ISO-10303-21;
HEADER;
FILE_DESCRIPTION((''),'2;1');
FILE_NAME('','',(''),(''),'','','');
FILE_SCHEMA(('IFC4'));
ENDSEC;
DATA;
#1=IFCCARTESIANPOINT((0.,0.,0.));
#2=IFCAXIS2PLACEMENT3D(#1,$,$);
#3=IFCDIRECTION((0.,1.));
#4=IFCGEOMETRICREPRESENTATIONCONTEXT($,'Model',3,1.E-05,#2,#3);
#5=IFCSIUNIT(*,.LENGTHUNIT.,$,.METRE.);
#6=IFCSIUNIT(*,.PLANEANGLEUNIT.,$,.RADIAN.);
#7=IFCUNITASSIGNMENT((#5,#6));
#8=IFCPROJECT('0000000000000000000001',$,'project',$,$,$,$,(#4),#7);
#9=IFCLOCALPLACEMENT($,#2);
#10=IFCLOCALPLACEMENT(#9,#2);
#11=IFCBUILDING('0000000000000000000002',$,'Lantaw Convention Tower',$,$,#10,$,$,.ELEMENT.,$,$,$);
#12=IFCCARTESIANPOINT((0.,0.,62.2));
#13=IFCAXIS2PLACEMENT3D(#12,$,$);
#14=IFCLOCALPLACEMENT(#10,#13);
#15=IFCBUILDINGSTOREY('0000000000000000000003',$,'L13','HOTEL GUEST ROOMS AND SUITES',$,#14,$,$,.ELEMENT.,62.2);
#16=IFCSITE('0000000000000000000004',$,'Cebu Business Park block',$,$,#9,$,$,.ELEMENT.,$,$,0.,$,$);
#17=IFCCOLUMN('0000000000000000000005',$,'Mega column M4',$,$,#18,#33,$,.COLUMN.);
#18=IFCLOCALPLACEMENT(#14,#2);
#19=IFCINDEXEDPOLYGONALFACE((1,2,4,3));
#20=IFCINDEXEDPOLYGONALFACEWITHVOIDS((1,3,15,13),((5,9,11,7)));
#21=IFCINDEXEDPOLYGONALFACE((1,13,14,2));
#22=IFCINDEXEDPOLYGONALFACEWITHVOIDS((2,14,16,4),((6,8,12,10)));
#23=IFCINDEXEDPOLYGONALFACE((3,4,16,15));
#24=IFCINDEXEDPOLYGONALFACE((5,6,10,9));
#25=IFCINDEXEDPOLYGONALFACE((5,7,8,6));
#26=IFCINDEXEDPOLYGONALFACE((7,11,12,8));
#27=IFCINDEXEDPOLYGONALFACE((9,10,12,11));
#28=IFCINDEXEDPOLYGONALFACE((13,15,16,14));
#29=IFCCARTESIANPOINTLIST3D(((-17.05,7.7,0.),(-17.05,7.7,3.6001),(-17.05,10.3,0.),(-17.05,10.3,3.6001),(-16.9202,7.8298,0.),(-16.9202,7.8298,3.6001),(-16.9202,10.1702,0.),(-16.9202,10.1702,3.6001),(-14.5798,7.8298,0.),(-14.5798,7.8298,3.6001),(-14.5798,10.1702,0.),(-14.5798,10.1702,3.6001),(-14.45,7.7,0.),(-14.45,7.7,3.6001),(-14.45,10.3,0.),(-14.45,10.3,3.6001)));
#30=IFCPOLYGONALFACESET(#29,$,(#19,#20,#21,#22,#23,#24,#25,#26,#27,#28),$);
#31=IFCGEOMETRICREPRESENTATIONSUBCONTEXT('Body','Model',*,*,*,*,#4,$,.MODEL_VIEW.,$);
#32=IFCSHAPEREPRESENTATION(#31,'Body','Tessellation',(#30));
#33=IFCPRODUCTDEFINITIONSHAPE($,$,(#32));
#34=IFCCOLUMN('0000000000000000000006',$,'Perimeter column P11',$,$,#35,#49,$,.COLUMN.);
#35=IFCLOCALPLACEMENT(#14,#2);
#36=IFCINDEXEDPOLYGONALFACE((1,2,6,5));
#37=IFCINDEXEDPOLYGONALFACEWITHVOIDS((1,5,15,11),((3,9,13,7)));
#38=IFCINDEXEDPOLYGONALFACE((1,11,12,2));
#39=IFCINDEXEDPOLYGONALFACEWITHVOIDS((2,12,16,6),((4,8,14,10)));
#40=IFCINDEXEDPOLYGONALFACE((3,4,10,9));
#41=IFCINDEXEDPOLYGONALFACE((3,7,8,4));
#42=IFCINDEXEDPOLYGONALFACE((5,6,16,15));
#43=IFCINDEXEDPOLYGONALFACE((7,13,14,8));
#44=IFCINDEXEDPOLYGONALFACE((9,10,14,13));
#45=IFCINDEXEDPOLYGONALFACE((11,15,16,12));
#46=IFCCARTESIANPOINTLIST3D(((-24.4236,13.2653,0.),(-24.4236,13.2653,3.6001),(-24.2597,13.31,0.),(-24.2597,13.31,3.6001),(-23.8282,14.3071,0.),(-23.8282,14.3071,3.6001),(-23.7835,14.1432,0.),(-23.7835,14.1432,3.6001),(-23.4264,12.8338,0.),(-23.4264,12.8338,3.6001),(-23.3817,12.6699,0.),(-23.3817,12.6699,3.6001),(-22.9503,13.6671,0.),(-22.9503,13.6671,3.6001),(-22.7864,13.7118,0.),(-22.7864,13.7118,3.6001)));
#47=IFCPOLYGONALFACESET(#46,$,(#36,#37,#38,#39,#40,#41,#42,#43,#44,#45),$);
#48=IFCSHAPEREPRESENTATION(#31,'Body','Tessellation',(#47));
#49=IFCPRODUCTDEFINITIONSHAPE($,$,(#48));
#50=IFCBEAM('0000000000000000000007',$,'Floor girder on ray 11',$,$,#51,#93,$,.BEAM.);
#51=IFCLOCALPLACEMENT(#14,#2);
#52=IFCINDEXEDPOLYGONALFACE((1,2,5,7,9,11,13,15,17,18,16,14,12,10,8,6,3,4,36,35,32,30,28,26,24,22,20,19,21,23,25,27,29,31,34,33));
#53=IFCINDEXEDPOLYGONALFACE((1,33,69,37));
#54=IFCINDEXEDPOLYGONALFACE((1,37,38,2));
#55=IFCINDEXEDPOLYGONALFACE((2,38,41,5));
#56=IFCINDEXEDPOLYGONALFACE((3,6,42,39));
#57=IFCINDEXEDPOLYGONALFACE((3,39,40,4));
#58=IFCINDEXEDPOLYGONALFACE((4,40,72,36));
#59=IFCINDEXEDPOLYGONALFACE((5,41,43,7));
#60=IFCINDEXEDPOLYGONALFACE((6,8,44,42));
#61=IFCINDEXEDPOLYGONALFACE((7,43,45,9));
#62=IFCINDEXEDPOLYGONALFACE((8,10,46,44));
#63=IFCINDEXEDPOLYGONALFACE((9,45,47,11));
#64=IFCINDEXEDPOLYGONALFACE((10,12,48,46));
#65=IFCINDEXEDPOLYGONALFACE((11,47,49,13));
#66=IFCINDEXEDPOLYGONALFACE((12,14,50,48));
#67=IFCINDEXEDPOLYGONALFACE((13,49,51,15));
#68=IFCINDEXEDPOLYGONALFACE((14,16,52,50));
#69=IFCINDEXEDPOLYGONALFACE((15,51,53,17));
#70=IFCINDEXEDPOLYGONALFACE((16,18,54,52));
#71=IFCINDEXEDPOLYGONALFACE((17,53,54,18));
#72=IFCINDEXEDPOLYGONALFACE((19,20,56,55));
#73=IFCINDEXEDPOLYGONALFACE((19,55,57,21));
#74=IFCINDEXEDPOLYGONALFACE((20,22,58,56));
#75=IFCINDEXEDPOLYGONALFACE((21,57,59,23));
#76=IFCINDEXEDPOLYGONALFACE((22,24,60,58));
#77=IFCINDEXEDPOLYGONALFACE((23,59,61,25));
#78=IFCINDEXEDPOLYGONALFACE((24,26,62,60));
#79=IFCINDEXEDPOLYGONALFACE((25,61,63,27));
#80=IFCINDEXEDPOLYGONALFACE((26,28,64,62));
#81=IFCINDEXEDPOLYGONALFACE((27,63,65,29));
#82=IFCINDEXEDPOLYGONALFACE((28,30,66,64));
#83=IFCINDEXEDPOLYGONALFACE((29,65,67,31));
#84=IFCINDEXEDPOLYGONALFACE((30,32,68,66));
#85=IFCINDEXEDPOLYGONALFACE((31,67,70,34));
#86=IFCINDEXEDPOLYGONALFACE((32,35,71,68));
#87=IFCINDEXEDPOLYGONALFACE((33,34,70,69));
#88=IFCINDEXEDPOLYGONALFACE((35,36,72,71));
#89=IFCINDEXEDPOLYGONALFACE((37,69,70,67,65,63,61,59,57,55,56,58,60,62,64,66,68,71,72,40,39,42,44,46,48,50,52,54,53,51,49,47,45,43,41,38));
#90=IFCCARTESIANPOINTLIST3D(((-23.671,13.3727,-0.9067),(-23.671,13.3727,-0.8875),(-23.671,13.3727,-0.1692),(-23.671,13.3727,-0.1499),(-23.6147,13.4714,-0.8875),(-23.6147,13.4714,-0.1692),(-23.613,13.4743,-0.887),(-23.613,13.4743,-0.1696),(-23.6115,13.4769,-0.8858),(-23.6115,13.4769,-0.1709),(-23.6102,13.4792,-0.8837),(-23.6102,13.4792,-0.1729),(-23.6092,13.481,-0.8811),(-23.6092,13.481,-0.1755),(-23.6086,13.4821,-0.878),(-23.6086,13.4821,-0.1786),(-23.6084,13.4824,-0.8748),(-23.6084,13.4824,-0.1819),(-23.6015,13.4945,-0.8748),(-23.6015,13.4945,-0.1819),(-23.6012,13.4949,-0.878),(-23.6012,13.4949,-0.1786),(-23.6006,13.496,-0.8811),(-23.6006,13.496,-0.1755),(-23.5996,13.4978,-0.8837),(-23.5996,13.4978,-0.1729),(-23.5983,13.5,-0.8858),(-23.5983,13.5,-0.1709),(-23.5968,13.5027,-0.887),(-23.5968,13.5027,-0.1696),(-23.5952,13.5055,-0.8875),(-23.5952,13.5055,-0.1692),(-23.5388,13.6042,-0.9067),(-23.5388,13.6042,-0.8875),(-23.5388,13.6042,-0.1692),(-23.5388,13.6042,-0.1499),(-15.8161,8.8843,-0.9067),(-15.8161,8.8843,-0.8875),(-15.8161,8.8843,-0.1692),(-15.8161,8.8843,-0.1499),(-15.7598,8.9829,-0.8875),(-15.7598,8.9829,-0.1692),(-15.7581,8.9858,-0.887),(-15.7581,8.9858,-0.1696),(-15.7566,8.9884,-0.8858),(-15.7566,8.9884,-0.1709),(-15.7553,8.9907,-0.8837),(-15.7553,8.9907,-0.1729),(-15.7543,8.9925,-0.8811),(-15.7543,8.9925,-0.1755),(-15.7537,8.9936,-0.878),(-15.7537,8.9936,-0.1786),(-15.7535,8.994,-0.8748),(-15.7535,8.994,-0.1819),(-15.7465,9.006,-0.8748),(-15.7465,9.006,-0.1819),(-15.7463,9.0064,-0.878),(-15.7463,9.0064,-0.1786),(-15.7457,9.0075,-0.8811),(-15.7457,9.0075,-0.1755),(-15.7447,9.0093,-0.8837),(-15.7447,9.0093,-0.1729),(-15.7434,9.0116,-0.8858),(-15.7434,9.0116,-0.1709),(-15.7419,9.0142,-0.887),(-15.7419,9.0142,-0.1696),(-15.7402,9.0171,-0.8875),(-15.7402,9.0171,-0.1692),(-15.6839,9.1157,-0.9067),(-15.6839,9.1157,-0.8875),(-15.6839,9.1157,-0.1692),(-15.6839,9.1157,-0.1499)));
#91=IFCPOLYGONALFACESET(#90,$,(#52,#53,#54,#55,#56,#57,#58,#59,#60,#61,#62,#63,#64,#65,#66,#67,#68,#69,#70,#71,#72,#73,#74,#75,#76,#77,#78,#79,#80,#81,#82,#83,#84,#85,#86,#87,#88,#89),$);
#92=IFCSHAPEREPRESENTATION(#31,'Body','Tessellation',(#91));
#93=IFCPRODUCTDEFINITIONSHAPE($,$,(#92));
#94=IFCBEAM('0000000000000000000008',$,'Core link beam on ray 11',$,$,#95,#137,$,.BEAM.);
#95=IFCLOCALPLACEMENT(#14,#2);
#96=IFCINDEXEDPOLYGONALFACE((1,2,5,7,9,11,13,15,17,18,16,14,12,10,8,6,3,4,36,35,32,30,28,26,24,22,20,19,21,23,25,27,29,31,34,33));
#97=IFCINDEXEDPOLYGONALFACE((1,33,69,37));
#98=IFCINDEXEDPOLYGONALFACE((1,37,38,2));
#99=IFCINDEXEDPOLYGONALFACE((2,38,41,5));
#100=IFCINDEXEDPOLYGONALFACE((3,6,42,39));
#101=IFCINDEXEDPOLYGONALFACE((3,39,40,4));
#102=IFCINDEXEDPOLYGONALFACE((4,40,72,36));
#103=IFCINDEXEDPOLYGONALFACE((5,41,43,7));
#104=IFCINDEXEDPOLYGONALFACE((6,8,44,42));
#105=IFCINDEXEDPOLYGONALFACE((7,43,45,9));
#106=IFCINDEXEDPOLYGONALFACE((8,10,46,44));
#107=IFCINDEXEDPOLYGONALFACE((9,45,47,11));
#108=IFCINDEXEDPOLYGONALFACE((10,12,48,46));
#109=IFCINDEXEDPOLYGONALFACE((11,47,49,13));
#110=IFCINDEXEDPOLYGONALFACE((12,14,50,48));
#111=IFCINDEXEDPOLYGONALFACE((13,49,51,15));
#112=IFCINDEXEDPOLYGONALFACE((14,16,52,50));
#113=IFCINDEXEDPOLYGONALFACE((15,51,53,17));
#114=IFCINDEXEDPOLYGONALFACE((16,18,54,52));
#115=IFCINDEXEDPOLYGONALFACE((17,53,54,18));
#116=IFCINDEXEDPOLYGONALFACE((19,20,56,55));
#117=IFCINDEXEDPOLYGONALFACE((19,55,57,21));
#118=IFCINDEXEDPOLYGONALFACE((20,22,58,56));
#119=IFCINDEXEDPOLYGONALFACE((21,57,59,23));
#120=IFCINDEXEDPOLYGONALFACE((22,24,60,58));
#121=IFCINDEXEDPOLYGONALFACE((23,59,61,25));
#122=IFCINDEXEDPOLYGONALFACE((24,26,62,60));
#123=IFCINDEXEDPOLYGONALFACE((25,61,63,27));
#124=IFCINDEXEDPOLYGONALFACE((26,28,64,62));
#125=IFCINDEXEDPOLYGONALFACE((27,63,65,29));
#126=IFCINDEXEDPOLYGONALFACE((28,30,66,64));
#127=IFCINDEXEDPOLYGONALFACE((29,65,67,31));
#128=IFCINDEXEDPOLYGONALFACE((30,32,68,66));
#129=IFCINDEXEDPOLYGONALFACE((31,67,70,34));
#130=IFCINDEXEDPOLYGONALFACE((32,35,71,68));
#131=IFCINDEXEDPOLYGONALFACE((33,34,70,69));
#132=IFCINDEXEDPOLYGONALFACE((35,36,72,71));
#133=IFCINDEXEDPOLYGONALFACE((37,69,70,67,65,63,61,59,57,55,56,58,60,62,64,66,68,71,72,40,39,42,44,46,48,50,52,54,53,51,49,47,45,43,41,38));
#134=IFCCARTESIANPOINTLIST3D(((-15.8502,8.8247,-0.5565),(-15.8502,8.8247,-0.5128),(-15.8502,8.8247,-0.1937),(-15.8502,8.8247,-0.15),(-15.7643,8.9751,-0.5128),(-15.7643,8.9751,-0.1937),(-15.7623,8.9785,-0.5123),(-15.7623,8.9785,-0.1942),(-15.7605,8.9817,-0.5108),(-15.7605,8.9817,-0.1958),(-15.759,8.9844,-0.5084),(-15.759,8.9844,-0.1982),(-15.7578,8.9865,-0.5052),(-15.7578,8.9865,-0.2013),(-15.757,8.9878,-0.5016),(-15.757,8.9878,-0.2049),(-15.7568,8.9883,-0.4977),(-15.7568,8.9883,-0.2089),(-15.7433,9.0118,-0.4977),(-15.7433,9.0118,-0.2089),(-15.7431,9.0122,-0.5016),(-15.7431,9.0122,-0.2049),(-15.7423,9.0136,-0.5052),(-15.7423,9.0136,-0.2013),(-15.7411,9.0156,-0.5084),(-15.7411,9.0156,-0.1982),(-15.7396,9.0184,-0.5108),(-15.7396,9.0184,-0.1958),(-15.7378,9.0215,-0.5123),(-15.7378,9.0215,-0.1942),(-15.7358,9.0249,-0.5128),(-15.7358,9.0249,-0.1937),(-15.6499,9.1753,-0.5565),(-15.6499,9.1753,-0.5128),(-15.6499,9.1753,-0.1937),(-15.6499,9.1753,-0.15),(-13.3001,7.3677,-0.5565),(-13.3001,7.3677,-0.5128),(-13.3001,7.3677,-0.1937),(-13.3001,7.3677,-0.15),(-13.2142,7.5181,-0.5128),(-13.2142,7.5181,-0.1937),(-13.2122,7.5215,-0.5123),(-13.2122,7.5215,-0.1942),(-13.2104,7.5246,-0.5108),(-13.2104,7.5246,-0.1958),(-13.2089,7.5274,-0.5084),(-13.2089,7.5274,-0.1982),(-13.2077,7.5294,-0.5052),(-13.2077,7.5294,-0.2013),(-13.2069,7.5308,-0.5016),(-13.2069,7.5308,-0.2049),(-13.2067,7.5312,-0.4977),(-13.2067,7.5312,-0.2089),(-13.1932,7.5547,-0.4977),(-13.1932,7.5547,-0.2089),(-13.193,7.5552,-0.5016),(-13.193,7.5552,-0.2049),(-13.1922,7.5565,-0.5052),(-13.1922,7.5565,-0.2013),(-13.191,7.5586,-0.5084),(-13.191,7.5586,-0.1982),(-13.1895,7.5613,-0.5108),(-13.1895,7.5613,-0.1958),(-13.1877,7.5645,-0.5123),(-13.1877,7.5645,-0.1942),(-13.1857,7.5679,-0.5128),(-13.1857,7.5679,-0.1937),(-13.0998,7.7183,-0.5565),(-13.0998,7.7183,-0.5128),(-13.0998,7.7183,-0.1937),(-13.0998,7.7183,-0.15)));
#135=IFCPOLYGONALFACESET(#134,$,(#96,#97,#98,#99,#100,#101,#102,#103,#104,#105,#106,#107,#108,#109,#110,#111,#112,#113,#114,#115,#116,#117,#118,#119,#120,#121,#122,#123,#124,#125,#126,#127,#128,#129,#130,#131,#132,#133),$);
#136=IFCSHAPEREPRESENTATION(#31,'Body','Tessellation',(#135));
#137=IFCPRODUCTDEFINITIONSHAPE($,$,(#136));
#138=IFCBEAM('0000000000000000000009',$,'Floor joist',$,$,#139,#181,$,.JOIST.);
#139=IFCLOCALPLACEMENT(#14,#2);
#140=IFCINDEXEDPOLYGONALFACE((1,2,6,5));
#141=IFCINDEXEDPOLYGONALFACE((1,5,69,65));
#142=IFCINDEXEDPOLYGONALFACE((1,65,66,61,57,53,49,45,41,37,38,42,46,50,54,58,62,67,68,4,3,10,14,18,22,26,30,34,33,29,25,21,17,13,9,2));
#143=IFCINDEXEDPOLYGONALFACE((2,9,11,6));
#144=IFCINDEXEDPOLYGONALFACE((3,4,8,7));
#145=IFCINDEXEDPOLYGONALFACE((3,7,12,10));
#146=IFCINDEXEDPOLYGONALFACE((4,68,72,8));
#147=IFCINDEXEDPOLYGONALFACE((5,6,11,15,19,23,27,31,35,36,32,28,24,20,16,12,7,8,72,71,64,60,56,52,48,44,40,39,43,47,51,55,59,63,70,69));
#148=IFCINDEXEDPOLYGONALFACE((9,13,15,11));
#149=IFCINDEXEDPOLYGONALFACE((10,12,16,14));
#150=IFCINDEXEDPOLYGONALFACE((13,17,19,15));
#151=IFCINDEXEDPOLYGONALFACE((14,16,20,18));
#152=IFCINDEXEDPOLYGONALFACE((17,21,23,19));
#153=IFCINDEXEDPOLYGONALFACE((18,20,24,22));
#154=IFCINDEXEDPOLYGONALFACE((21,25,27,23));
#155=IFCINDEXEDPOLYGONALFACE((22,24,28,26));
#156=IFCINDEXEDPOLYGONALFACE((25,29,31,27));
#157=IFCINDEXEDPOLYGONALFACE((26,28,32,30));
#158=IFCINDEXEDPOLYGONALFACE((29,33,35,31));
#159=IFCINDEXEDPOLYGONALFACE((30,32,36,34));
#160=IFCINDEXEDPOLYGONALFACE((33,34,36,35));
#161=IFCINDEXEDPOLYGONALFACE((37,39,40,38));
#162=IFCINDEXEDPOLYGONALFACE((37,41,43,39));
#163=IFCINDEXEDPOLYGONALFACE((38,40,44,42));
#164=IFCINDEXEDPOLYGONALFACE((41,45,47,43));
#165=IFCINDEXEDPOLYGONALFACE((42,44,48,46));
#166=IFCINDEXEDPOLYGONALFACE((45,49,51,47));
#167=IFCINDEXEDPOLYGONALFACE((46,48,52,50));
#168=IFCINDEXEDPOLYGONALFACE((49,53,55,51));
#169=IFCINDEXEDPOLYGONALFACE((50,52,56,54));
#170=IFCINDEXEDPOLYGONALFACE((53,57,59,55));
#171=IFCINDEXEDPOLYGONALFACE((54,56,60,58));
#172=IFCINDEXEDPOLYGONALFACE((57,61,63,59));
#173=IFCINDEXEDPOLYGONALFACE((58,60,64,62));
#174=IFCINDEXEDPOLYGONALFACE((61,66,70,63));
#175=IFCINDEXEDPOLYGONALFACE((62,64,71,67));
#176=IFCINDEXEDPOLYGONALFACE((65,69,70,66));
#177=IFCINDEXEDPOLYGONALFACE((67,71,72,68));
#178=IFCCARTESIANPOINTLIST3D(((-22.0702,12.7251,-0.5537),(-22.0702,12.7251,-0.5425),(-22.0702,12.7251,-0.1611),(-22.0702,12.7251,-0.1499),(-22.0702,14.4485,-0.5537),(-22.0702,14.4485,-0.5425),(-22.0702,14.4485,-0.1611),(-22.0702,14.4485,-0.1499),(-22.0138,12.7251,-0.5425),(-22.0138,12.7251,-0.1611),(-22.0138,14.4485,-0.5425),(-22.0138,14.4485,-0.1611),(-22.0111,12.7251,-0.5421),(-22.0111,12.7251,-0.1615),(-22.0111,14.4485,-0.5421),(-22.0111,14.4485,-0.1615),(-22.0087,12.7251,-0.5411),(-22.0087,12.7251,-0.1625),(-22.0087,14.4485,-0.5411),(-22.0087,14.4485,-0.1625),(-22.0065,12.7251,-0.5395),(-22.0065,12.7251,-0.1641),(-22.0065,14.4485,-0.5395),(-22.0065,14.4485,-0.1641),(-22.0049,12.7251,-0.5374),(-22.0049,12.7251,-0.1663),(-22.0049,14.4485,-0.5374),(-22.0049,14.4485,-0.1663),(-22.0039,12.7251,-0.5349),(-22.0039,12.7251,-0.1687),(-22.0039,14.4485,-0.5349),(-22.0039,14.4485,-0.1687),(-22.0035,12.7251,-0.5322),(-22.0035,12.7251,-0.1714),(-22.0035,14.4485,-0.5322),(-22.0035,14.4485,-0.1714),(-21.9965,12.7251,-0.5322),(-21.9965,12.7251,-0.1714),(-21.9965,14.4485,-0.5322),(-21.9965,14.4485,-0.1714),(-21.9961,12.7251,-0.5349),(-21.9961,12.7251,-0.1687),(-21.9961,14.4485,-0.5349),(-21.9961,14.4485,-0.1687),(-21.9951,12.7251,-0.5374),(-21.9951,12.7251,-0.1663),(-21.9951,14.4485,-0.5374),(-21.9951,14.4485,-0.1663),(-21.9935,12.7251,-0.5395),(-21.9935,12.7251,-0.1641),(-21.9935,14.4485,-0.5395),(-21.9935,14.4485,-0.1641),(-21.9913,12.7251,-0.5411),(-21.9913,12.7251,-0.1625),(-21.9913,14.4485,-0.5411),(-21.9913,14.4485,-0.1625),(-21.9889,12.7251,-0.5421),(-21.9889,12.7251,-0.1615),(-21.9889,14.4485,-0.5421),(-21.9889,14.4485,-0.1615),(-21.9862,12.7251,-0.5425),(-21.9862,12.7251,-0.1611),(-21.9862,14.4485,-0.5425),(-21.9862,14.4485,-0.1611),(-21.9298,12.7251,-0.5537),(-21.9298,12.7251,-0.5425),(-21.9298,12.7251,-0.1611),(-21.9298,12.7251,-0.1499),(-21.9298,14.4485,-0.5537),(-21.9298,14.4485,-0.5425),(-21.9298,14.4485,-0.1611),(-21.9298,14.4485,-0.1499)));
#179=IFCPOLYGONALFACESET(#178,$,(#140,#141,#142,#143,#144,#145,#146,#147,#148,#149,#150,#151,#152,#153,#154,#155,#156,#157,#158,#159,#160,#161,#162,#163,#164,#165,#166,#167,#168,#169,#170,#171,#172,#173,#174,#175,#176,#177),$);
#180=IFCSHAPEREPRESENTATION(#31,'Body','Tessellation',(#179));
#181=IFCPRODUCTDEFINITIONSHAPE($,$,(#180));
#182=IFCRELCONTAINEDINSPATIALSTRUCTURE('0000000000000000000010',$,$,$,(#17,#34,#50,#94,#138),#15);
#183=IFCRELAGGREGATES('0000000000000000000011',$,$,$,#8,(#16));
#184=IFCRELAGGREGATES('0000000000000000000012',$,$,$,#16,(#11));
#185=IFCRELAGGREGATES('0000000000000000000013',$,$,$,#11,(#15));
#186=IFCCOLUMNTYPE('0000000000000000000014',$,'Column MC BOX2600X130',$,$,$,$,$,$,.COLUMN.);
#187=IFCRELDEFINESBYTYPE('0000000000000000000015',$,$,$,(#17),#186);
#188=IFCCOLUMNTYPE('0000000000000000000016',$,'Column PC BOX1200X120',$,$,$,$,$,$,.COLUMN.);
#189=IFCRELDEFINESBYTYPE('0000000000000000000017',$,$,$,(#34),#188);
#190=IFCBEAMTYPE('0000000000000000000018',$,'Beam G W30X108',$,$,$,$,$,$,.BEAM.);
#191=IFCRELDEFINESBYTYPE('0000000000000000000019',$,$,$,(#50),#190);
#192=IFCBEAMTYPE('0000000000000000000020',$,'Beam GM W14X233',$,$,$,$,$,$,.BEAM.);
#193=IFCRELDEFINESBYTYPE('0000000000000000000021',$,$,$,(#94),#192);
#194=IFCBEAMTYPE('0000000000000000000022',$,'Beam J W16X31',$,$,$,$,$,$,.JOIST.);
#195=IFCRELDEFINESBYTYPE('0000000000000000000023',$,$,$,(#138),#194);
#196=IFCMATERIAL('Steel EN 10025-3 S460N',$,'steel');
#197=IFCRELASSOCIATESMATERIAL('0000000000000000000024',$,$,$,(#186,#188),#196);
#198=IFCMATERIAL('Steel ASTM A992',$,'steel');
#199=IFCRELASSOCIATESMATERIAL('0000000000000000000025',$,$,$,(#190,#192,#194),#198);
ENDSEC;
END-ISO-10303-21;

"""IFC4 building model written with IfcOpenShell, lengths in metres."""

from ifc_helpers import new_model, si_unit, direction, frame, origin, origin_2d, place, context, subcontext, project, spatial, rectangle, hollow_rectangle, i_section, extrude, material, material_profile, profile_set, type_object, element, save


model = new_model("IFC4")

# Units and contexts
model_context = context("Model", 3, precision=1e-05, world=origin(), true_north=direction((0.0, 1.0)))
body_context = subcontext(model_context, "Body", "Model", "MODEL_VIEW")
ifc_project = project(units=[si_unit("LENGTHUNIT", "METRE"), si_unit("PLANEANGLEUNIT", "RADIAN")], contexts=[model_context])

# Site, building, storey
site_placement = place(None, origin())
site = spatial("IfcSite", under=ifc_project, at=site_placement, Name="Cebu Business Park block", CompositionType="ELEMENT", RefElevation=0.0)
building_placement = place(site_placement, origin())
building = spatial("IfcBuilding", under=site, at=building_placement, Name="Lantaw Convention Tower", CompositionType="ELEMENT")
storey_placement = place(building_placement, frame((0.0, 0.0, 62.2)))
storey = spatial("IfcBuildingStorey", under=building, at=storey_placement, Name="L13", Description="HOTEL GUEST ROOMS AND SUITES", CompositionType="ELEMENT", Elevation=62.2)

# Columns
ifc_material_1 = material(Name="Steel EN 10025-3 S460N", Category="steel")
ifc_material_profile_1 = material_profile(ifc_material_1, hollow_rectangle(XDim=2.6001, YDim=2.6001, WallThickness=0.1299, at=origin_2d()), Name="BOX2600X130")
ifc_material_2 = material(Name="Concrete C60/75", Category="concrete")
ifc_material_profile_2 = material_profile(ifc_material_2, rectangle(XDim=2.3401, YDim=2.3401, at=origin_2d()), Name="Concrete fill of BOX2600X130")
ifc_profile_set_1 = profile_set([ifc_material_profile_1, ifc_material_profile_2], Name="Steel EN 10025-3 S460N")
column_type_1 = type_object("IfcColumnType", Name="Column MC BOX2600X130", PredefinedType="COLUMN", material=ifc_profile_set_1)
column_1_placement = place(storey_placement, frame((-15.75, 9.0, 0.0), z_axis=(0.0, 0.0, 1.0), x_axis=(1.0, 0.0, 0.0)))
element("IfcColumn", 1, at=column_1_placement, inside=storey, type_object=column_type_1, Name="Mega column M4", PredefinedType="COLUMN", context=body_context, shape_type="SweptSolid", body=[
    extrude(hollow_rectangle(XDim=2.6001, YDim=2.6001, WallThickness=0.1299, at=origin_2d()), origin(), (0.0, 0.0, 1.0), 3.6001),
])
ifc_material_profile_3 = material_profile(ifc_material_1, hollow_rectangle(XDim=1.2, YDim=1.2, WallThickness=0.1201, at=origin_2d()), Name="BOX1200X120")
ifc_material_profile_4 = material_profile(ifc_material_2, rectangle(XDim=0.96, YDim=0.96, at=origin_2d()), Name="Concrete fill of BOX1200X120")
ifc_profile_set_2 = profile_set([ifc_material_profile_3, ifc_material_profile_4], Name="Steel EN 10025-3 S460N")
column_type_2 = type_object("IfcColumnType", Name="Column PC BOX1200X120", PredefinedType="COLUMN", material=ifc_profile_set_2)
column_2_placement = place(storey_placement, frame((-23.605, 13.4885, 0.0), z_axis=(0.0, 0.0, 1.0), x_axis=(0.496139, 0.868243, 0.0)))
element("IfcColumn", 2, at=column_2_placement, inside=storey, type_object=column_type_2, Name="Perimeter column P11", PredefinedType="COLUMN", context=body_context, shape_type="SweptSolid", body=[
    extrude(hollow_rectangle(XDim=1.2, YDim=1.2, WallThickness=0.1201, at=origin_2d()), origin(), (0.0, 0.0, 1.0), 3.6001),
])

# Beams
ifc_material_3 = material(Name="Steel ASTM A992", Category="steel")
ifc_material_profile_5 = material_profile(ifc_material_3, i_section(OverallWidth=0.2666, OverallDepth=0.7568, WebThickness=0.0139, FlangeThickness=0.0193, FilletRadius=0.0127, at=origin_2d()), Name="W30X108")
ifc_profile_set_3 = profile_set([ifc_material_profile_5], Name="Steel ASTM A992")
beam_type_1 = type_object("IfcBeamType", Name="Beam G W30X108", PredefinedType="BEAM", material=ifc_profile_set_3)
beam_1_placement = place(storey_placement, frame((-15.75, 9.0, -0.5283), z_axis=(-0.868245, 0.496136, 0.0), x_axis=(-0.496136, -0.868245, 0.0)))
element("IfcBeam", 3, at=beam_1_placement, inside=storey, type_object=beam_type_1, Name="Floor girder on ray 11", PredefinedType="BEAM", context=body_context, shape_type="SweptSolid", body=[
    extrude(i_section(OverallWidth=0.2666, OverallDepth=0.7568, WebThickness=0.0139, FlangeThickness=0.0193, FilletRadius=0.0127, at=origin_2d()), origin(), (0.0, 0.0, 1.0), 9.0469),
])
ifc_material_profile_6 = material_profile(ifc_material_3, i_section(OverallWidth=0.4038, OverallDepth=0.4065, WebThickness=0.0271, FlangeThickness=0.0437, FilletRadius=0.0151, at=origin_2d()), Name="W14X233")
ifc_profile_set_4 = profile_set([ifc_material_profile_6], Name="Steel ASTM A992")
beam_type_2 = type_object("IfcBeamType", Name="Beam GM W14X233", PredefinedType="BEAM", material=ifc_profile_set_4)
beam_2_placement = place(storey_placement, frame((-13.2, 7.543, -0.3533), z_axis=(-0.868264, 0.496103, 0.0), x_axis=(-0.496103, -0.868264, 0.0)))
element("IfcBeam", 4, at=beam_2_placement, inside=storey, type_object=beam_type_2, Name="Core link beam on ray 11", PredefinedType="BEAM", context=body_context, shape_type="SweptSolid", body=[
    extrude(i_section(OverallWidth=0.4038, OverallDepth=0.4065, WebThickness=0.0271, FlangeThickness=0.0437, FilletRadius=0.0151, at=origin_2d()), origin(), (0.0, 0.0, 1.0), 2.937),
])
ifc_material_profile_7 = material_profile(ifc_material_3, i_section(OverallWidth=0.1404, OverallDepth=0.4038, WebThickness=0.0071, FlangeThickness=0.0112, FilletRadius=0.0103, at=origin_2d()), Name="W16X31")
ifc_profile_set_5 = profile_set([ifc_material_profile_7], Name="Steel ASTM A992")
beam_type_3 = type_object("IfcBeamType", Name="Beam J W16X31", PredefinedType="JOIST", material=ifc_profile_set_5)
beam_3_placement = place(storey_placement, frame((-22.0, 12.7251, -0.3518), z_axis=(0.0, 1.0, 0.0), x_axis=(-1.0, 0.0, 0.0)))
element("IfcBeam", 5, at=beam_3_placement, inside=storey, type_object=beam_type_3, Name="Floor joist", PredefinedType="JOIST", context=body_context, shape_type="SweptSolid", body=[
    extrude(i_section(OverallWidth=0.1404, OverallDepth=0.4038, WebThickness=0.0071, FlangeThickness=0.0112, FilletRadius=0.0103, at=origin_2d()), origin(), (0.0, 0.0, 1.0), 1.7234),
])

save(model, "model.ifc")
